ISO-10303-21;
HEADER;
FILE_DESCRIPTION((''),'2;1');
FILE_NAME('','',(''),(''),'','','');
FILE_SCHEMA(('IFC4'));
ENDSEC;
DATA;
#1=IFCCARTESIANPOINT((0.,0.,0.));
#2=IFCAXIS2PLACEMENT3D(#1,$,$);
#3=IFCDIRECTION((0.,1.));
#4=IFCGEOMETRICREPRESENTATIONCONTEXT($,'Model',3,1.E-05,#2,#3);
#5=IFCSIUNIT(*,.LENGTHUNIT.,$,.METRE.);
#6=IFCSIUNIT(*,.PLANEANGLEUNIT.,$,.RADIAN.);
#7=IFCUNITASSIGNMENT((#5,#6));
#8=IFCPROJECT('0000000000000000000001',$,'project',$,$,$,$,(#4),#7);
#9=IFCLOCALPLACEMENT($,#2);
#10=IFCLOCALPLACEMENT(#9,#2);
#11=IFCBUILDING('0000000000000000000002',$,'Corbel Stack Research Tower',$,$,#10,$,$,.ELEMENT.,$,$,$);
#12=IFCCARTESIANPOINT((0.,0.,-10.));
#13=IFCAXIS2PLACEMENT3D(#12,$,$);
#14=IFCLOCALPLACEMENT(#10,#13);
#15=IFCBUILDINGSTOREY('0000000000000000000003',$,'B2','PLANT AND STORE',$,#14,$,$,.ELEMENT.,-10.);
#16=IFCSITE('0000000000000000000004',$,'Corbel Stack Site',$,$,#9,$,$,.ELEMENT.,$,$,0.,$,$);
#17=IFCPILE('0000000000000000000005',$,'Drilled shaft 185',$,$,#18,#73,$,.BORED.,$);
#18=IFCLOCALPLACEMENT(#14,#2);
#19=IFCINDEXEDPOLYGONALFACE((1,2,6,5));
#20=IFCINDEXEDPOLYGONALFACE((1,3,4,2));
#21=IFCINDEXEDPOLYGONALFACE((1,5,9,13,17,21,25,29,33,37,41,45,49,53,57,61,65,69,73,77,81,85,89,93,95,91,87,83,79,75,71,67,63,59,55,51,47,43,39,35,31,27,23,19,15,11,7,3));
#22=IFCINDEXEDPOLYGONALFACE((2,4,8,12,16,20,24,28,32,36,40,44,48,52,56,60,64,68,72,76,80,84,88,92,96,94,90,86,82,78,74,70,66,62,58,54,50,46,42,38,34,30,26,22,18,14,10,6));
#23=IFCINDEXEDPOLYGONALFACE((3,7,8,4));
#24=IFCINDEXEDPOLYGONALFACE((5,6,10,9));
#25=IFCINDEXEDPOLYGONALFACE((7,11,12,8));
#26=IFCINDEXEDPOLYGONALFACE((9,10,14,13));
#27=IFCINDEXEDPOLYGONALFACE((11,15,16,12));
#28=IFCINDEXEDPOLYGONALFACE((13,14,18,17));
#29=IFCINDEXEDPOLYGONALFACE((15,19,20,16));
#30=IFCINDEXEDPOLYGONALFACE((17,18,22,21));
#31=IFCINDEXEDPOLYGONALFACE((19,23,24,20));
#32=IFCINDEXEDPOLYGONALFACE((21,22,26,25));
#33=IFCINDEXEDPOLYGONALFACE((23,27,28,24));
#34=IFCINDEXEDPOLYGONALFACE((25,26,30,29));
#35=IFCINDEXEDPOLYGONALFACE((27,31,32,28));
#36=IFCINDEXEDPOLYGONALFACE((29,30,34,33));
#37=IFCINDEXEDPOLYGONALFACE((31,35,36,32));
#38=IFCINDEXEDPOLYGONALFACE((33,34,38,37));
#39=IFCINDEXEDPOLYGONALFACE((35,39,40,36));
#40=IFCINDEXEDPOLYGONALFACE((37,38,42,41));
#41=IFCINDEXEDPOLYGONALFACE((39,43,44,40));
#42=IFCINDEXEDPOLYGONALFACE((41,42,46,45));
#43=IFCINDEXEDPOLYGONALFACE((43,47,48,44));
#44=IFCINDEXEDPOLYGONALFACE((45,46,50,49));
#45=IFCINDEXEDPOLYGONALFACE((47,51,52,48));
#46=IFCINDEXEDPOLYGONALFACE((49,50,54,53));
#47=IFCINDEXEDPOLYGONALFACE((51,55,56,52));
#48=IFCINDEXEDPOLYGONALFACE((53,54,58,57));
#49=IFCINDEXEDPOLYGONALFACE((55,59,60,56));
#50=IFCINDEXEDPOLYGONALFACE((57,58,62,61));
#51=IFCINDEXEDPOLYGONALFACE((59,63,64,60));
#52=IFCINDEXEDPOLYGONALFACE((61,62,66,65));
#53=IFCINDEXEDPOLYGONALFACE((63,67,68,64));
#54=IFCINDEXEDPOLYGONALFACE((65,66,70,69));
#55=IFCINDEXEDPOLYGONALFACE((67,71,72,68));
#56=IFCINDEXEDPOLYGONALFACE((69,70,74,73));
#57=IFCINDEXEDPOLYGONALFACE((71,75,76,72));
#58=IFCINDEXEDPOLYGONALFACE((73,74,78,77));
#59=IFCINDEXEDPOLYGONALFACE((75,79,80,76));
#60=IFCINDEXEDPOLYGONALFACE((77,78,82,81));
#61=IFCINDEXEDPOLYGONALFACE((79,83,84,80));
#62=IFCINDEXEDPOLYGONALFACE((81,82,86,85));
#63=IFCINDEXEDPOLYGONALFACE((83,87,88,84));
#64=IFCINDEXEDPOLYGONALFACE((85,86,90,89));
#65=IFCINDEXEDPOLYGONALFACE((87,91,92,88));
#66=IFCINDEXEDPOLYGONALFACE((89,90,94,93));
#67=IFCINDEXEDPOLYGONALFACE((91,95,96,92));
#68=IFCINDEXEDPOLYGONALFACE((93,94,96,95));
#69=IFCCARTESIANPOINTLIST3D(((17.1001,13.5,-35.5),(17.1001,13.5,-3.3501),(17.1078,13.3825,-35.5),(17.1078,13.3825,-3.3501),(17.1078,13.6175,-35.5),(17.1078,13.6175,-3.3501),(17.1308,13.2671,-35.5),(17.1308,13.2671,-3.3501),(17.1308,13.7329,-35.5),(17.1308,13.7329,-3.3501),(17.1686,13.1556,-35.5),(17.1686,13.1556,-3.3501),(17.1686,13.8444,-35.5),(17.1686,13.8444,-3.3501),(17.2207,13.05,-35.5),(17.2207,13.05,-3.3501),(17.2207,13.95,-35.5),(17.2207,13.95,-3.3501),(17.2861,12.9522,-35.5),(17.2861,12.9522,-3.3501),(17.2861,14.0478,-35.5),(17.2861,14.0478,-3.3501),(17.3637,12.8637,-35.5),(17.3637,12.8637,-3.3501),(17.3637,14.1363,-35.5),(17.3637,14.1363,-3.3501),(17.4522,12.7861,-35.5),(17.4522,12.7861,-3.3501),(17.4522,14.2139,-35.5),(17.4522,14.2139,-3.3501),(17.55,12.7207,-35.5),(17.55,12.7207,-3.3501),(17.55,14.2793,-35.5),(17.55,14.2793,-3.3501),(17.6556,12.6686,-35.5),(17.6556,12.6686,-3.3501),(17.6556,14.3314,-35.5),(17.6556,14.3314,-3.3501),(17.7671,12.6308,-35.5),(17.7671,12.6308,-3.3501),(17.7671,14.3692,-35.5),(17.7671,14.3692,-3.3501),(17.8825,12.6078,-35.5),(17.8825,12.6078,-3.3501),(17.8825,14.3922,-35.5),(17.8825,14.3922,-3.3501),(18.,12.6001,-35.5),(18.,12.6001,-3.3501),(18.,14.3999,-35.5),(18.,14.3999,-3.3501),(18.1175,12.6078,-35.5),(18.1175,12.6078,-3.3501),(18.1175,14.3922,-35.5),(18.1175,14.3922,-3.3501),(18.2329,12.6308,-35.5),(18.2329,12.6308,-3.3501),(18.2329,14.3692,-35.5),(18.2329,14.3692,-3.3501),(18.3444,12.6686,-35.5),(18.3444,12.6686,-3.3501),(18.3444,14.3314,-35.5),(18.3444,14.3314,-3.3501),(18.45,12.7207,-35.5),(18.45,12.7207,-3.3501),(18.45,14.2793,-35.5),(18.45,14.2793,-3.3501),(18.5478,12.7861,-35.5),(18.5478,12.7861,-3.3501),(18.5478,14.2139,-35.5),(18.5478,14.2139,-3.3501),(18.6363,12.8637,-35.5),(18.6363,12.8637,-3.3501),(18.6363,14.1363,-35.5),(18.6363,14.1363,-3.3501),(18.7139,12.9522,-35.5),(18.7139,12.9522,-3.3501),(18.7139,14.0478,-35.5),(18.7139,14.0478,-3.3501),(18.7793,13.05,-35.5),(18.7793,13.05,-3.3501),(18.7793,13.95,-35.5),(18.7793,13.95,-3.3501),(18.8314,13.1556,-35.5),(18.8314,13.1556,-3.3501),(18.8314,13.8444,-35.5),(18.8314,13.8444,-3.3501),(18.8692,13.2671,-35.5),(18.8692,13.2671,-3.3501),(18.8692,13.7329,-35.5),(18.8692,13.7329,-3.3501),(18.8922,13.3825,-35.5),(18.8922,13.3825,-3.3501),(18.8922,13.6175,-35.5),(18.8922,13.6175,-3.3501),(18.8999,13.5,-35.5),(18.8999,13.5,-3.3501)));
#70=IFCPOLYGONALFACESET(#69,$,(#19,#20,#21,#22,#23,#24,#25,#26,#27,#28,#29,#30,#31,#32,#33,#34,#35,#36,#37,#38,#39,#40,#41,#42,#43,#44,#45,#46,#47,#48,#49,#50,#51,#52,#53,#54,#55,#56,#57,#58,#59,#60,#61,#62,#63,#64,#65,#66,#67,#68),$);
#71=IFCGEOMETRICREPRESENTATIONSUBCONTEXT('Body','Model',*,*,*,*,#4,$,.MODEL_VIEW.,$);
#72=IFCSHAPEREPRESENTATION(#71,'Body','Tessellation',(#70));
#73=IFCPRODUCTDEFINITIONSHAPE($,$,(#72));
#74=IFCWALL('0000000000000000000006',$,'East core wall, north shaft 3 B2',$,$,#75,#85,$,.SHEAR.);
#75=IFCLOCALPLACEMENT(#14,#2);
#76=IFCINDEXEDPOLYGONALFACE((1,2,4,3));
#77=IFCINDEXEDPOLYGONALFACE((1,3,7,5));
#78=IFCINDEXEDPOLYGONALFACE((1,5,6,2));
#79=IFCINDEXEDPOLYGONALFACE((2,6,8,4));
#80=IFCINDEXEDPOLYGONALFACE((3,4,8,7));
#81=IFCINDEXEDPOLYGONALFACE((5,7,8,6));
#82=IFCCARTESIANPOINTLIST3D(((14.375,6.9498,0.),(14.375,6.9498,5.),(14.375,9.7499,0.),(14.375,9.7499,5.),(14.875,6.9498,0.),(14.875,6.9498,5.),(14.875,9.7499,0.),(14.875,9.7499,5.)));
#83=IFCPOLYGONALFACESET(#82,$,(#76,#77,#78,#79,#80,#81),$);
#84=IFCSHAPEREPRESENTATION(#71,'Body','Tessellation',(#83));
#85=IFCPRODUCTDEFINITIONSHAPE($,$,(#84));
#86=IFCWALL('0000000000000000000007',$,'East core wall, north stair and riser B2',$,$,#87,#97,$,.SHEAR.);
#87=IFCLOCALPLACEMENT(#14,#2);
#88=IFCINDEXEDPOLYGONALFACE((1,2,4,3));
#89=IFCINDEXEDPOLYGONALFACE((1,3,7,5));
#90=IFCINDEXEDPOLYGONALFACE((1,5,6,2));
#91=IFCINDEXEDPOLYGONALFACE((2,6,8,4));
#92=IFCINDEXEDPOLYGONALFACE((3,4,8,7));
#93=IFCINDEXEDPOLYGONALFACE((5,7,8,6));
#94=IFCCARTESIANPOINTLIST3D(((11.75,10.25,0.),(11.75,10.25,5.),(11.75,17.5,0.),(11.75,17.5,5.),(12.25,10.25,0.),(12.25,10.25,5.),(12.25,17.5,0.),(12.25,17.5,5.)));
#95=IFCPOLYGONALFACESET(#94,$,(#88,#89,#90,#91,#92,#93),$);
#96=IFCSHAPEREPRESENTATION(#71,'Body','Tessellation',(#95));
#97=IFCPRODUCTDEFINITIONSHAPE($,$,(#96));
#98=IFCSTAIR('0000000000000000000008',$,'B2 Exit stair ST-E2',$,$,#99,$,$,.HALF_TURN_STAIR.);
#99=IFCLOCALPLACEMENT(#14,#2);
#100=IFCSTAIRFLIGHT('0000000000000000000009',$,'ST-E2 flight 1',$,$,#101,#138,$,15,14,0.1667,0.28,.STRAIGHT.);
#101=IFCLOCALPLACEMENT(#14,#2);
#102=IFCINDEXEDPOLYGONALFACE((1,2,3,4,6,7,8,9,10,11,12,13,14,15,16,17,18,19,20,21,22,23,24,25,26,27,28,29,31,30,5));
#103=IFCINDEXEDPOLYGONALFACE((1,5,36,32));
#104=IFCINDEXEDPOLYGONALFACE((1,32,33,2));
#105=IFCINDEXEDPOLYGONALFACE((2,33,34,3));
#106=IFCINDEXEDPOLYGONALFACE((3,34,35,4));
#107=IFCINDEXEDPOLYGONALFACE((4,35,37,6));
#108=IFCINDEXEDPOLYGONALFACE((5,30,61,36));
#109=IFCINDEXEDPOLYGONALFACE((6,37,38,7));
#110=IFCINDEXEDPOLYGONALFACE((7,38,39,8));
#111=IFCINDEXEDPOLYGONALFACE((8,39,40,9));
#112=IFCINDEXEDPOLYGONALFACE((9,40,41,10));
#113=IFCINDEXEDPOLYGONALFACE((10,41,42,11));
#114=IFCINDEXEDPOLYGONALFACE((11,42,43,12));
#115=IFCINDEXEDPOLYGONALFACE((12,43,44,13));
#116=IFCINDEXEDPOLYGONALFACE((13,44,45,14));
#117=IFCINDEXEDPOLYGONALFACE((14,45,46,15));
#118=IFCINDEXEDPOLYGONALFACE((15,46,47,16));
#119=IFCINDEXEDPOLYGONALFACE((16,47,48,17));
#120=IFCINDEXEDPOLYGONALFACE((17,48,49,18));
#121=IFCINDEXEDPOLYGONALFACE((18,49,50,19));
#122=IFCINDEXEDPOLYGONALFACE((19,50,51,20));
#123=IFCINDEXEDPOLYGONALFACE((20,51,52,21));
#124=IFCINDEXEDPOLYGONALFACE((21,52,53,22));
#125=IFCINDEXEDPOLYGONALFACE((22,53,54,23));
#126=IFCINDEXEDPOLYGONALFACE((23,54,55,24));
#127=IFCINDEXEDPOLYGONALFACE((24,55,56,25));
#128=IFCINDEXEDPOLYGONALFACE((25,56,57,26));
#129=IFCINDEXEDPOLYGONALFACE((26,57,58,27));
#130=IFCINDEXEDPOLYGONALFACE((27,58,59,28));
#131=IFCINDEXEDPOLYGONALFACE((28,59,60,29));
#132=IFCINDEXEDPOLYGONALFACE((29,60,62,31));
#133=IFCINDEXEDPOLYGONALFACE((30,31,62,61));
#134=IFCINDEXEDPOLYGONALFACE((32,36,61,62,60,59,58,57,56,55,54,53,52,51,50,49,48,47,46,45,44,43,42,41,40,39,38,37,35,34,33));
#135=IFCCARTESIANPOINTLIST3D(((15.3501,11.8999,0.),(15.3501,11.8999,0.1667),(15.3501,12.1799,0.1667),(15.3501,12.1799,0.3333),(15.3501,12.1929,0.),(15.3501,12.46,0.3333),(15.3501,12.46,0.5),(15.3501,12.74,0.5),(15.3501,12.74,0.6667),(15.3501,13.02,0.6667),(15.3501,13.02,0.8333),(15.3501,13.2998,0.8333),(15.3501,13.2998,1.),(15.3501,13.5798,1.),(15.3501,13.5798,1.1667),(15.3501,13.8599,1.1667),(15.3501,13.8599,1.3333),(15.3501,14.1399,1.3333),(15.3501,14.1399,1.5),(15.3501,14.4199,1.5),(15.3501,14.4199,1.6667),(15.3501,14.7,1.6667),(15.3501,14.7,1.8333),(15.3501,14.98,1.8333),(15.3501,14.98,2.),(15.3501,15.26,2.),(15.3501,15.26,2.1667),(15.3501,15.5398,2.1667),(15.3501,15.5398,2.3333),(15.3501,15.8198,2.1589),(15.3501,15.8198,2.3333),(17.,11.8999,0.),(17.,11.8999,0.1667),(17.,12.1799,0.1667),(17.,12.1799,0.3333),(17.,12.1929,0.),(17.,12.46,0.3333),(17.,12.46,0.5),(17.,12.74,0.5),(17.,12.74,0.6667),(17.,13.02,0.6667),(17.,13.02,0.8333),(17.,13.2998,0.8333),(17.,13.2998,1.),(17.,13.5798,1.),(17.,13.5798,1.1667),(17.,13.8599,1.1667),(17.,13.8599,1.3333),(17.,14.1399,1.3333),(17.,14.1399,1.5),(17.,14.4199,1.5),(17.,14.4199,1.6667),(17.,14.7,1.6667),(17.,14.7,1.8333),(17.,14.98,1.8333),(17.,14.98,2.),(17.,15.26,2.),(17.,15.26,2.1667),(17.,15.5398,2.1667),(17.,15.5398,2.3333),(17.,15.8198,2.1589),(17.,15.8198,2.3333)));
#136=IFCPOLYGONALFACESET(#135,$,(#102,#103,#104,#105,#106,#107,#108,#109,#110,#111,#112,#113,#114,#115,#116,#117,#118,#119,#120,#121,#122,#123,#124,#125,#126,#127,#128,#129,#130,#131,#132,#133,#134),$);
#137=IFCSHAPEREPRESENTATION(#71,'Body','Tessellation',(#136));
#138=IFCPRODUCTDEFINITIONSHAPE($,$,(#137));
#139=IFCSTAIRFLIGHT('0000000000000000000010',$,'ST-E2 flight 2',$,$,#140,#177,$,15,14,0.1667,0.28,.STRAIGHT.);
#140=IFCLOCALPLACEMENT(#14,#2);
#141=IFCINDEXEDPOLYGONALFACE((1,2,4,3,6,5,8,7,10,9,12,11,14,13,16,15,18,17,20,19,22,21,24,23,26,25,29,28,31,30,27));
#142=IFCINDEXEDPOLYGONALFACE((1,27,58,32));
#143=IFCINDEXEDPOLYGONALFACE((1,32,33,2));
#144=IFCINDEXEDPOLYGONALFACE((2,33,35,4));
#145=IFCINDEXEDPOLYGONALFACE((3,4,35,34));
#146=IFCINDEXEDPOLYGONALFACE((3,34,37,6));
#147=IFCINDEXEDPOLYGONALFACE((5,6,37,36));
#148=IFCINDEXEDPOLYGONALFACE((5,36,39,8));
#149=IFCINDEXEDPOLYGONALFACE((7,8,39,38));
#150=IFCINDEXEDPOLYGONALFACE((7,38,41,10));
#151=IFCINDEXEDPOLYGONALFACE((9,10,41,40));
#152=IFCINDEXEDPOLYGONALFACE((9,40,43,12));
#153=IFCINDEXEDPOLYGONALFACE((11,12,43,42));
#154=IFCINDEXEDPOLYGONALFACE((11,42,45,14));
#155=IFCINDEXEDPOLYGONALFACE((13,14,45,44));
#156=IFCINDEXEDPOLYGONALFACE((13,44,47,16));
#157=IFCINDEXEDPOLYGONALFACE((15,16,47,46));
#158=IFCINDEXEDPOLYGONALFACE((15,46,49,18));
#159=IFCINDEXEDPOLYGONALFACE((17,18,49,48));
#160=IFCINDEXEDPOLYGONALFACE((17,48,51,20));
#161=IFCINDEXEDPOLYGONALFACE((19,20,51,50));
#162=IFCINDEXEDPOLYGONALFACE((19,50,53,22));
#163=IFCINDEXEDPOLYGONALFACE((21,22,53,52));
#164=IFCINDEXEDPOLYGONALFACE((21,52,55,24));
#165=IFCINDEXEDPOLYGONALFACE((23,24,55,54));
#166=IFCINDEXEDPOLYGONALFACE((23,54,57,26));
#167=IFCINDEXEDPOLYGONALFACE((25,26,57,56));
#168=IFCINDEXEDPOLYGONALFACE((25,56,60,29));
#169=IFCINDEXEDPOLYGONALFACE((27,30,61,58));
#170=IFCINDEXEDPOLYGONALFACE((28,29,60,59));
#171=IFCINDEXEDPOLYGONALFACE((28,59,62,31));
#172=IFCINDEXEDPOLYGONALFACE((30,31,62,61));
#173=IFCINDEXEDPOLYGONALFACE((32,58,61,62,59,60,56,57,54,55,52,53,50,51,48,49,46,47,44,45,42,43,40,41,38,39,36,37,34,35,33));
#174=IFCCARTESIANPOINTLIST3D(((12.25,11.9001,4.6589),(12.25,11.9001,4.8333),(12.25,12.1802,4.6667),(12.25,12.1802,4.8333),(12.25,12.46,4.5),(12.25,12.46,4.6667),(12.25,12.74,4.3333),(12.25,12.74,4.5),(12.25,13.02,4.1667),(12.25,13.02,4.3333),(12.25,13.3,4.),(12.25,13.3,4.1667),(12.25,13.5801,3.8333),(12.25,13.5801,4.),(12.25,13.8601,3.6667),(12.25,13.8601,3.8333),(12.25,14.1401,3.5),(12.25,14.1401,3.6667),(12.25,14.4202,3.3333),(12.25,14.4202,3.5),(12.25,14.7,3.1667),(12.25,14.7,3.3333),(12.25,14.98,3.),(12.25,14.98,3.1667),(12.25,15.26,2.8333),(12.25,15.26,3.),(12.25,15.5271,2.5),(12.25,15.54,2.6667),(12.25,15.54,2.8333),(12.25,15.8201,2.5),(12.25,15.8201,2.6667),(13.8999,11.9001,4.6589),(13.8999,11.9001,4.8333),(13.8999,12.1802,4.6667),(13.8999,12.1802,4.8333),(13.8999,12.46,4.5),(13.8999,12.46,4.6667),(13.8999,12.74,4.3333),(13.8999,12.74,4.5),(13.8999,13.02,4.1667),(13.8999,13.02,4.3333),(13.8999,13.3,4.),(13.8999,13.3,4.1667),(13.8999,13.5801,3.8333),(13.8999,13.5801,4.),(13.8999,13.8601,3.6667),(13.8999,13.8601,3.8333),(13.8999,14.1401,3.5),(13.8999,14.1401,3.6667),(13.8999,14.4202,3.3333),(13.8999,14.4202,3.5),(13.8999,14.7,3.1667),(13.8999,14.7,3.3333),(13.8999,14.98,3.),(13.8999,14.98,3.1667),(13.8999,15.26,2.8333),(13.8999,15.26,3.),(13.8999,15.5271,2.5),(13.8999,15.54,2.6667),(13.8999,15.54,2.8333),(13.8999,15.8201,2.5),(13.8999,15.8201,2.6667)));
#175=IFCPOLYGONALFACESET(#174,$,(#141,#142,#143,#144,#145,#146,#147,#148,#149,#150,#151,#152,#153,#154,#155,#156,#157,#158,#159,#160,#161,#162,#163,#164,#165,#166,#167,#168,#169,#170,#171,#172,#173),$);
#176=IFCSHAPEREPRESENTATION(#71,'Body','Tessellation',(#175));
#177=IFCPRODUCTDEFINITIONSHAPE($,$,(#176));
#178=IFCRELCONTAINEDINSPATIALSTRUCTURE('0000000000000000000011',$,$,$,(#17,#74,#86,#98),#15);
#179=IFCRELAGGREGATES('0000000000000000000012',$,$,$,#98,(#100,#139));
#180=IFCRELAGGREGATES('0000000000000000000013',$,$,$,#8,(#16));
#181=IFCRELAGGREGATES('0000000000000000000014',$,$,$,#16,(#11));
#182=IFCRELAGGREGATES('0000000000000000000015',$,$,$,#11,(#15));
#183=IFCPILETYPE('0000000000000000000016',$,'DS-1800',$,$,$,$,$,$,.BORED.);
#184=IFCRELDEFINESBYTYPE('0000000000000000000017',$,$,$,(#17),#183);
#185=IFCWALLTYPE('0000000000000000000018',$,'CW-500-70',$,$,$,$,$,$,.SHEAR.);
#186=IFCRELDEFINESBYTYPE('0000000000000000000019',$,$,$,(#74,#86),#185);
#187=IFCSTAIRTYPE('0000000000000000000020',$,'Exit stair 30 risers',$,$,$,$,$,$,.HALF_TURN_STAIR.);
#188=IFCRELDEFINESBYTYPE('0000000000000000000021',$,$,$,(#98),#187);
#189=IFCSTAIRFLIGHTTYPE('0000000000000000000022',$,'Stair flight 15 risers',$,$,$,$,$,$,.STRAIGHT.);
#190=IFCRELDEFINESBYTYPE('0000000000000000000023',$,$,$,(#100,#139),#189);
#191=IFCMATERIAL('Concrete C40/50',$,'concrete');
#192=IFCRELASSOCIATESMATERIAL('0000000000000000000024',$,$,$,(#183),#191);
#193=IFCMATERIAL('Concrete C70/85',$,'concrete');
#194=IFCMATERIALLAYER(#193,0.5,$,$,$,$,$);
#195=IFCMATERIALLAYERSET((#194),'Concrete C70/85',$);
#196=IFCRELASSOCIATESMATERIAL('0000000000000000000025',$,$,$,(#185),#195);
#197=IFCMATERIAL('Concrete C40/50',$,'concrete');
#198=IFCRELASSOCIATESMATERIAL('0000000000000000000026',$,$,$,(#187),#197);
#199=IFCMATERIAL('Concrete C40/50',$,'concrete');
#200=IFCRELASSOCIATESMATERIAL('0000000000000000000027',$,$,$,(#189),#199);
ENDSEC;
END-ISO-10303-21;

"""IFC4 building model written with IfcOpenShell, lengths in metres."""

from ifc_helpers import new_model, si_unit, direction, frame, frame_2d, origin, origin_2d, place, context, subcontext, project, spatial, polyline, rectangle, circle, outline, extrude, material, layer, layer_set, material_profile, profile_set, type_object, element, aggregate, save


model = new_model("IFC4")

# Units and contexts
model_context = context("Model", 3, precision=1e-05, world=origin(), true_north=direction((0.0, 1.0)))
body_context = subcontext(model_context, "Body", "Model", "MODEL_VIEW")
ifc_project = project(units=[si_unit("LENGTHUNIT", "METRE"), si_unit("PLANEANGLEUNIT", "RADIAN")], contexts=[model_context])

# Site, building, storey
site_placement = place(None, origin())
site = spatial("IfcSite", under=ifc_project, at=site_placement, Name="Corbel Stack Site", CompositionType="ELEMENT", RefElevation=0.0)
building_placement = place(site_placement, origin())
building = spatial("IfcBuilding", under=site, at=building_placement, Name="Corbel Stack Research Tower", CompositionType="ELEMENT")
storey_placement = place(building_placement, frame((0.0, 0.0, -10.0)))
storey = spatial("IfcBuildingStorey", under=building, at=storey_placement, Name="B2", Description="PLANT AND STORE", CompositionType="ELEMENT", Elevation=-10.0)

# Pile
ifc_material_1 = material(Name="Concrete C40/50", Category="concrete")
ifc_material_profile = material_profile(ifc_material_1, circle(Radius=0.8999, at=origin_2d()), Name="Shaft 1800")
ifc_profile_set = profile_set([ifc_material_profile], Name="Concrete C40/50")
pile_type = type_object("IfcPileType", Name="DS-1800", PredefinedType="BORED", material=ifc_profile_set)
for number, where, z_axis, x_axis, name in (
    (1, (18.0, 13.5, -3.3501), (0.0, 0.0, -1.0), (1.0, 0.0, 0.0), "Drilled shaft 185"),
):
    element("IfcPile", number, at=place(storey_placement, frame(where, z_axis=z_axis, x_axis=x_axis)), inside=storey, type_object=pile_type, Name=name, PredefinedType="BORED", context=body_context, shape_type="SweptSolid", body=[
        extrude(circle(Radius=0.8999, at=origin_2d()), origin(), (0.0, 0.0, 1.0), 32.1499),
    ])

# Walls
ifc_material_2 = material(Name="Concrete C70/85", Category="concrete")
ifc_layer = layer(ifc_material_2, 0.5)
ifc_layer_set = layer_set([ifc_layer], Name="Concrete C70/85")
wall_type = type_object("IfcWallType", Name="CW-500-70", PredefinedType="SHEAR", material=ifc_layer_set)
wall_1_placement = place(storey_placement, frame((14.625, 6.95, 0.0), z_axis=(0.0, 0.0, 1.0), x_axis=(0.0, 1.0, 0.0)))
element("IfcWall", 2, at=wall_1_placement, inside=storey, type_object=wall_type, Name="East core wall, north shaft 3 B2", PredefinedType="SHEAR", context=body_context, shape_type="SweptSolid", body=[
    extrude(rectangle(XDim=2.8, YDim=0.5, at=frame_2d((1.3999, 0.0))), origin(), (0.0, 0.0, 1.0), 5.0),
])
wall_2_placement = place(storey_placement, frame((12.0, 10.25, 0.0), z_axis=(0.0, 0.0, 1.0), x_axis=(0.0, 1.0, 0.0)))
element("IfcWall", 3, at=wall_2_placement, inside=storey, type_object=wall_type, Name="East core wall, north stair and riser B2", PredefinedType="SHEAR", context=body_context, shape_type="SweptSolid", body=[
    extrude(rectangle(XDim=7.25, YDim=0.5, at=frame_2d((3.625, 0.0))), origin(), (0.0, 0.0, 1.0), 5.0),
])

# Stair, stair flights
ifc_material_3 = material(Name="Concrete C40/50", Category="concrete")
stair_type = type_object("IfcStairType", Name="Exit stair 30 risers", PredefinedType="HALF_TURN_STAIR", material=ifc_material_3)
stair_placement = place(storey_placement, origin())
stair = element("IfcStair", 4, at=stair_placement, inside=storey, type_object=stair_type, Name="B2 Exit stair ST-E2", PredefinedType="HALF_TURN_STAIR")
ifc_material_4 = material(Name="Concrete C40/50", Category="concrete")
stair_flight_type = type_object("IfcStairFlightType", Name="Stair flight 15 risers", PredefinedType="STRAIGHT", material=ifc_material_4)
stair_flight_1_placement = place(storey_placement, frame((16.175, 11.8999, 0.0), z_axis=(0.0, 0.0, 1.0), x_axis=(0.0, 1.0, 0.0)))
stair_flight_1 = element("IfcStairFlight", 5, at=stair_flight_1_placement, type_object=stair_flight_type, Name="ST-E2 flight 1", NumberOfRisers=15, NumberOfTreads=14, PredefinedType="STRAIGHT", RiserHeight=0.1667, TreadLength=0.28, context=body_context, shape_type="SweptSolid", body=[
    extrude(outline(polyline([(0.0, 0.0), (0.0, 0.1667), (0.28, 0.1667), (0.28, 0.3333), (0.5601, 0.3333), (0.5601, 0.5), (0.8401, 0.5), (0.8401, 0.6667), (1.1201, 0.6667), (1.1201, 0.8333), (1.3999, 0.8333), (1.3999, 1.0), (1.6799, 1.0), (1.6799, 1.1667), (1.96, 1.1667), (1.96, 1.3333), (2.24, 1.3333), (2.24, 1.5), (2.52, 1.5), (2.52, 1.6667), (2.8, 1.6667), (2.8, 1.8333), (3.0801, 1.8333), (3.0801, 2.0), (3.3601, 2.0), (3.3601, 2.1667), (3.6399, 2.1667), (3.6399, 2.3333), (3.9199, 2.3333), (3.9199, 2.5), (3.9199, 2.1589), (0.293, 0.0), (0.0, 0.0)])), frame((0.0, 0.825, 0.0), z_axis=(0.0, -1.0, 0.0), x_axis=(1.0, 0.0, 0.0)), (0.0, 0.0, 1.0), 1.6499),
])
stair_flight_2_placement = place(storey_placement, frame((13.075, 15.8201, 2.5), z_axis=(0.0, 0.0, 1.0), x_axis=(0.0, -1.0, 0.0)))
stair_flight_2 = element("IfcStairFlight", 6, at=stair_flight_2_placement, type_object=stair_flight_type, Name="ST-E2 flight 2", NumberOfRisers=15, NumberOfTreads=14, PredefinedType="STRAIGHT", RiserHeight=0.1667, TreadLength=0.28, context=body_context, shape_type="SweptSolid", body=[
    extrude(outline(polyline([(0.0, 0.0), (0.0, 0.1667), (0.28, 0.1667), (0.28, 0.3333), (0.5601, 0.3333), (0.5601, 0.5), (0.8401, 0.5), (0.8401, 0.6667), (1.1201, 0.6667), (1.1201, 0.8333), (1.3999, 0.8333), (1.3999, 1.0), (1.6799, 1.0), (1.6799, 1.1667), (1.96, 1.1667), (1.96, 1.3333), (2.24, 1.3333), (2.24, 1.5), (2.52, 1.5), (2.52, 1.6667), (2.8, 1.6667), (2.8, 1.8333), (3.0801, 1.8333), (3.0801, 2.0), (3.3601, 2.0), (3.3601, 2.1667), (3.6399, 2.1667), (3.6399, 2.3333), (3.9199, 2.3333), (3.9199, 2.5), (3.9199, 2.1589), (0.293, 0.0), (0.0, 0.0)])), frame((0.0, 0.825, 0.0), z_axis=(0.0, -1.0, 0.0), x_axis=(1.0, 0.0, 0.0)), (0.0, 0.0, 1.0), 1.6499),
])
aggregate(stair, [stair_flight_1, stair_flight_2])

save(model, "model.ifc")
